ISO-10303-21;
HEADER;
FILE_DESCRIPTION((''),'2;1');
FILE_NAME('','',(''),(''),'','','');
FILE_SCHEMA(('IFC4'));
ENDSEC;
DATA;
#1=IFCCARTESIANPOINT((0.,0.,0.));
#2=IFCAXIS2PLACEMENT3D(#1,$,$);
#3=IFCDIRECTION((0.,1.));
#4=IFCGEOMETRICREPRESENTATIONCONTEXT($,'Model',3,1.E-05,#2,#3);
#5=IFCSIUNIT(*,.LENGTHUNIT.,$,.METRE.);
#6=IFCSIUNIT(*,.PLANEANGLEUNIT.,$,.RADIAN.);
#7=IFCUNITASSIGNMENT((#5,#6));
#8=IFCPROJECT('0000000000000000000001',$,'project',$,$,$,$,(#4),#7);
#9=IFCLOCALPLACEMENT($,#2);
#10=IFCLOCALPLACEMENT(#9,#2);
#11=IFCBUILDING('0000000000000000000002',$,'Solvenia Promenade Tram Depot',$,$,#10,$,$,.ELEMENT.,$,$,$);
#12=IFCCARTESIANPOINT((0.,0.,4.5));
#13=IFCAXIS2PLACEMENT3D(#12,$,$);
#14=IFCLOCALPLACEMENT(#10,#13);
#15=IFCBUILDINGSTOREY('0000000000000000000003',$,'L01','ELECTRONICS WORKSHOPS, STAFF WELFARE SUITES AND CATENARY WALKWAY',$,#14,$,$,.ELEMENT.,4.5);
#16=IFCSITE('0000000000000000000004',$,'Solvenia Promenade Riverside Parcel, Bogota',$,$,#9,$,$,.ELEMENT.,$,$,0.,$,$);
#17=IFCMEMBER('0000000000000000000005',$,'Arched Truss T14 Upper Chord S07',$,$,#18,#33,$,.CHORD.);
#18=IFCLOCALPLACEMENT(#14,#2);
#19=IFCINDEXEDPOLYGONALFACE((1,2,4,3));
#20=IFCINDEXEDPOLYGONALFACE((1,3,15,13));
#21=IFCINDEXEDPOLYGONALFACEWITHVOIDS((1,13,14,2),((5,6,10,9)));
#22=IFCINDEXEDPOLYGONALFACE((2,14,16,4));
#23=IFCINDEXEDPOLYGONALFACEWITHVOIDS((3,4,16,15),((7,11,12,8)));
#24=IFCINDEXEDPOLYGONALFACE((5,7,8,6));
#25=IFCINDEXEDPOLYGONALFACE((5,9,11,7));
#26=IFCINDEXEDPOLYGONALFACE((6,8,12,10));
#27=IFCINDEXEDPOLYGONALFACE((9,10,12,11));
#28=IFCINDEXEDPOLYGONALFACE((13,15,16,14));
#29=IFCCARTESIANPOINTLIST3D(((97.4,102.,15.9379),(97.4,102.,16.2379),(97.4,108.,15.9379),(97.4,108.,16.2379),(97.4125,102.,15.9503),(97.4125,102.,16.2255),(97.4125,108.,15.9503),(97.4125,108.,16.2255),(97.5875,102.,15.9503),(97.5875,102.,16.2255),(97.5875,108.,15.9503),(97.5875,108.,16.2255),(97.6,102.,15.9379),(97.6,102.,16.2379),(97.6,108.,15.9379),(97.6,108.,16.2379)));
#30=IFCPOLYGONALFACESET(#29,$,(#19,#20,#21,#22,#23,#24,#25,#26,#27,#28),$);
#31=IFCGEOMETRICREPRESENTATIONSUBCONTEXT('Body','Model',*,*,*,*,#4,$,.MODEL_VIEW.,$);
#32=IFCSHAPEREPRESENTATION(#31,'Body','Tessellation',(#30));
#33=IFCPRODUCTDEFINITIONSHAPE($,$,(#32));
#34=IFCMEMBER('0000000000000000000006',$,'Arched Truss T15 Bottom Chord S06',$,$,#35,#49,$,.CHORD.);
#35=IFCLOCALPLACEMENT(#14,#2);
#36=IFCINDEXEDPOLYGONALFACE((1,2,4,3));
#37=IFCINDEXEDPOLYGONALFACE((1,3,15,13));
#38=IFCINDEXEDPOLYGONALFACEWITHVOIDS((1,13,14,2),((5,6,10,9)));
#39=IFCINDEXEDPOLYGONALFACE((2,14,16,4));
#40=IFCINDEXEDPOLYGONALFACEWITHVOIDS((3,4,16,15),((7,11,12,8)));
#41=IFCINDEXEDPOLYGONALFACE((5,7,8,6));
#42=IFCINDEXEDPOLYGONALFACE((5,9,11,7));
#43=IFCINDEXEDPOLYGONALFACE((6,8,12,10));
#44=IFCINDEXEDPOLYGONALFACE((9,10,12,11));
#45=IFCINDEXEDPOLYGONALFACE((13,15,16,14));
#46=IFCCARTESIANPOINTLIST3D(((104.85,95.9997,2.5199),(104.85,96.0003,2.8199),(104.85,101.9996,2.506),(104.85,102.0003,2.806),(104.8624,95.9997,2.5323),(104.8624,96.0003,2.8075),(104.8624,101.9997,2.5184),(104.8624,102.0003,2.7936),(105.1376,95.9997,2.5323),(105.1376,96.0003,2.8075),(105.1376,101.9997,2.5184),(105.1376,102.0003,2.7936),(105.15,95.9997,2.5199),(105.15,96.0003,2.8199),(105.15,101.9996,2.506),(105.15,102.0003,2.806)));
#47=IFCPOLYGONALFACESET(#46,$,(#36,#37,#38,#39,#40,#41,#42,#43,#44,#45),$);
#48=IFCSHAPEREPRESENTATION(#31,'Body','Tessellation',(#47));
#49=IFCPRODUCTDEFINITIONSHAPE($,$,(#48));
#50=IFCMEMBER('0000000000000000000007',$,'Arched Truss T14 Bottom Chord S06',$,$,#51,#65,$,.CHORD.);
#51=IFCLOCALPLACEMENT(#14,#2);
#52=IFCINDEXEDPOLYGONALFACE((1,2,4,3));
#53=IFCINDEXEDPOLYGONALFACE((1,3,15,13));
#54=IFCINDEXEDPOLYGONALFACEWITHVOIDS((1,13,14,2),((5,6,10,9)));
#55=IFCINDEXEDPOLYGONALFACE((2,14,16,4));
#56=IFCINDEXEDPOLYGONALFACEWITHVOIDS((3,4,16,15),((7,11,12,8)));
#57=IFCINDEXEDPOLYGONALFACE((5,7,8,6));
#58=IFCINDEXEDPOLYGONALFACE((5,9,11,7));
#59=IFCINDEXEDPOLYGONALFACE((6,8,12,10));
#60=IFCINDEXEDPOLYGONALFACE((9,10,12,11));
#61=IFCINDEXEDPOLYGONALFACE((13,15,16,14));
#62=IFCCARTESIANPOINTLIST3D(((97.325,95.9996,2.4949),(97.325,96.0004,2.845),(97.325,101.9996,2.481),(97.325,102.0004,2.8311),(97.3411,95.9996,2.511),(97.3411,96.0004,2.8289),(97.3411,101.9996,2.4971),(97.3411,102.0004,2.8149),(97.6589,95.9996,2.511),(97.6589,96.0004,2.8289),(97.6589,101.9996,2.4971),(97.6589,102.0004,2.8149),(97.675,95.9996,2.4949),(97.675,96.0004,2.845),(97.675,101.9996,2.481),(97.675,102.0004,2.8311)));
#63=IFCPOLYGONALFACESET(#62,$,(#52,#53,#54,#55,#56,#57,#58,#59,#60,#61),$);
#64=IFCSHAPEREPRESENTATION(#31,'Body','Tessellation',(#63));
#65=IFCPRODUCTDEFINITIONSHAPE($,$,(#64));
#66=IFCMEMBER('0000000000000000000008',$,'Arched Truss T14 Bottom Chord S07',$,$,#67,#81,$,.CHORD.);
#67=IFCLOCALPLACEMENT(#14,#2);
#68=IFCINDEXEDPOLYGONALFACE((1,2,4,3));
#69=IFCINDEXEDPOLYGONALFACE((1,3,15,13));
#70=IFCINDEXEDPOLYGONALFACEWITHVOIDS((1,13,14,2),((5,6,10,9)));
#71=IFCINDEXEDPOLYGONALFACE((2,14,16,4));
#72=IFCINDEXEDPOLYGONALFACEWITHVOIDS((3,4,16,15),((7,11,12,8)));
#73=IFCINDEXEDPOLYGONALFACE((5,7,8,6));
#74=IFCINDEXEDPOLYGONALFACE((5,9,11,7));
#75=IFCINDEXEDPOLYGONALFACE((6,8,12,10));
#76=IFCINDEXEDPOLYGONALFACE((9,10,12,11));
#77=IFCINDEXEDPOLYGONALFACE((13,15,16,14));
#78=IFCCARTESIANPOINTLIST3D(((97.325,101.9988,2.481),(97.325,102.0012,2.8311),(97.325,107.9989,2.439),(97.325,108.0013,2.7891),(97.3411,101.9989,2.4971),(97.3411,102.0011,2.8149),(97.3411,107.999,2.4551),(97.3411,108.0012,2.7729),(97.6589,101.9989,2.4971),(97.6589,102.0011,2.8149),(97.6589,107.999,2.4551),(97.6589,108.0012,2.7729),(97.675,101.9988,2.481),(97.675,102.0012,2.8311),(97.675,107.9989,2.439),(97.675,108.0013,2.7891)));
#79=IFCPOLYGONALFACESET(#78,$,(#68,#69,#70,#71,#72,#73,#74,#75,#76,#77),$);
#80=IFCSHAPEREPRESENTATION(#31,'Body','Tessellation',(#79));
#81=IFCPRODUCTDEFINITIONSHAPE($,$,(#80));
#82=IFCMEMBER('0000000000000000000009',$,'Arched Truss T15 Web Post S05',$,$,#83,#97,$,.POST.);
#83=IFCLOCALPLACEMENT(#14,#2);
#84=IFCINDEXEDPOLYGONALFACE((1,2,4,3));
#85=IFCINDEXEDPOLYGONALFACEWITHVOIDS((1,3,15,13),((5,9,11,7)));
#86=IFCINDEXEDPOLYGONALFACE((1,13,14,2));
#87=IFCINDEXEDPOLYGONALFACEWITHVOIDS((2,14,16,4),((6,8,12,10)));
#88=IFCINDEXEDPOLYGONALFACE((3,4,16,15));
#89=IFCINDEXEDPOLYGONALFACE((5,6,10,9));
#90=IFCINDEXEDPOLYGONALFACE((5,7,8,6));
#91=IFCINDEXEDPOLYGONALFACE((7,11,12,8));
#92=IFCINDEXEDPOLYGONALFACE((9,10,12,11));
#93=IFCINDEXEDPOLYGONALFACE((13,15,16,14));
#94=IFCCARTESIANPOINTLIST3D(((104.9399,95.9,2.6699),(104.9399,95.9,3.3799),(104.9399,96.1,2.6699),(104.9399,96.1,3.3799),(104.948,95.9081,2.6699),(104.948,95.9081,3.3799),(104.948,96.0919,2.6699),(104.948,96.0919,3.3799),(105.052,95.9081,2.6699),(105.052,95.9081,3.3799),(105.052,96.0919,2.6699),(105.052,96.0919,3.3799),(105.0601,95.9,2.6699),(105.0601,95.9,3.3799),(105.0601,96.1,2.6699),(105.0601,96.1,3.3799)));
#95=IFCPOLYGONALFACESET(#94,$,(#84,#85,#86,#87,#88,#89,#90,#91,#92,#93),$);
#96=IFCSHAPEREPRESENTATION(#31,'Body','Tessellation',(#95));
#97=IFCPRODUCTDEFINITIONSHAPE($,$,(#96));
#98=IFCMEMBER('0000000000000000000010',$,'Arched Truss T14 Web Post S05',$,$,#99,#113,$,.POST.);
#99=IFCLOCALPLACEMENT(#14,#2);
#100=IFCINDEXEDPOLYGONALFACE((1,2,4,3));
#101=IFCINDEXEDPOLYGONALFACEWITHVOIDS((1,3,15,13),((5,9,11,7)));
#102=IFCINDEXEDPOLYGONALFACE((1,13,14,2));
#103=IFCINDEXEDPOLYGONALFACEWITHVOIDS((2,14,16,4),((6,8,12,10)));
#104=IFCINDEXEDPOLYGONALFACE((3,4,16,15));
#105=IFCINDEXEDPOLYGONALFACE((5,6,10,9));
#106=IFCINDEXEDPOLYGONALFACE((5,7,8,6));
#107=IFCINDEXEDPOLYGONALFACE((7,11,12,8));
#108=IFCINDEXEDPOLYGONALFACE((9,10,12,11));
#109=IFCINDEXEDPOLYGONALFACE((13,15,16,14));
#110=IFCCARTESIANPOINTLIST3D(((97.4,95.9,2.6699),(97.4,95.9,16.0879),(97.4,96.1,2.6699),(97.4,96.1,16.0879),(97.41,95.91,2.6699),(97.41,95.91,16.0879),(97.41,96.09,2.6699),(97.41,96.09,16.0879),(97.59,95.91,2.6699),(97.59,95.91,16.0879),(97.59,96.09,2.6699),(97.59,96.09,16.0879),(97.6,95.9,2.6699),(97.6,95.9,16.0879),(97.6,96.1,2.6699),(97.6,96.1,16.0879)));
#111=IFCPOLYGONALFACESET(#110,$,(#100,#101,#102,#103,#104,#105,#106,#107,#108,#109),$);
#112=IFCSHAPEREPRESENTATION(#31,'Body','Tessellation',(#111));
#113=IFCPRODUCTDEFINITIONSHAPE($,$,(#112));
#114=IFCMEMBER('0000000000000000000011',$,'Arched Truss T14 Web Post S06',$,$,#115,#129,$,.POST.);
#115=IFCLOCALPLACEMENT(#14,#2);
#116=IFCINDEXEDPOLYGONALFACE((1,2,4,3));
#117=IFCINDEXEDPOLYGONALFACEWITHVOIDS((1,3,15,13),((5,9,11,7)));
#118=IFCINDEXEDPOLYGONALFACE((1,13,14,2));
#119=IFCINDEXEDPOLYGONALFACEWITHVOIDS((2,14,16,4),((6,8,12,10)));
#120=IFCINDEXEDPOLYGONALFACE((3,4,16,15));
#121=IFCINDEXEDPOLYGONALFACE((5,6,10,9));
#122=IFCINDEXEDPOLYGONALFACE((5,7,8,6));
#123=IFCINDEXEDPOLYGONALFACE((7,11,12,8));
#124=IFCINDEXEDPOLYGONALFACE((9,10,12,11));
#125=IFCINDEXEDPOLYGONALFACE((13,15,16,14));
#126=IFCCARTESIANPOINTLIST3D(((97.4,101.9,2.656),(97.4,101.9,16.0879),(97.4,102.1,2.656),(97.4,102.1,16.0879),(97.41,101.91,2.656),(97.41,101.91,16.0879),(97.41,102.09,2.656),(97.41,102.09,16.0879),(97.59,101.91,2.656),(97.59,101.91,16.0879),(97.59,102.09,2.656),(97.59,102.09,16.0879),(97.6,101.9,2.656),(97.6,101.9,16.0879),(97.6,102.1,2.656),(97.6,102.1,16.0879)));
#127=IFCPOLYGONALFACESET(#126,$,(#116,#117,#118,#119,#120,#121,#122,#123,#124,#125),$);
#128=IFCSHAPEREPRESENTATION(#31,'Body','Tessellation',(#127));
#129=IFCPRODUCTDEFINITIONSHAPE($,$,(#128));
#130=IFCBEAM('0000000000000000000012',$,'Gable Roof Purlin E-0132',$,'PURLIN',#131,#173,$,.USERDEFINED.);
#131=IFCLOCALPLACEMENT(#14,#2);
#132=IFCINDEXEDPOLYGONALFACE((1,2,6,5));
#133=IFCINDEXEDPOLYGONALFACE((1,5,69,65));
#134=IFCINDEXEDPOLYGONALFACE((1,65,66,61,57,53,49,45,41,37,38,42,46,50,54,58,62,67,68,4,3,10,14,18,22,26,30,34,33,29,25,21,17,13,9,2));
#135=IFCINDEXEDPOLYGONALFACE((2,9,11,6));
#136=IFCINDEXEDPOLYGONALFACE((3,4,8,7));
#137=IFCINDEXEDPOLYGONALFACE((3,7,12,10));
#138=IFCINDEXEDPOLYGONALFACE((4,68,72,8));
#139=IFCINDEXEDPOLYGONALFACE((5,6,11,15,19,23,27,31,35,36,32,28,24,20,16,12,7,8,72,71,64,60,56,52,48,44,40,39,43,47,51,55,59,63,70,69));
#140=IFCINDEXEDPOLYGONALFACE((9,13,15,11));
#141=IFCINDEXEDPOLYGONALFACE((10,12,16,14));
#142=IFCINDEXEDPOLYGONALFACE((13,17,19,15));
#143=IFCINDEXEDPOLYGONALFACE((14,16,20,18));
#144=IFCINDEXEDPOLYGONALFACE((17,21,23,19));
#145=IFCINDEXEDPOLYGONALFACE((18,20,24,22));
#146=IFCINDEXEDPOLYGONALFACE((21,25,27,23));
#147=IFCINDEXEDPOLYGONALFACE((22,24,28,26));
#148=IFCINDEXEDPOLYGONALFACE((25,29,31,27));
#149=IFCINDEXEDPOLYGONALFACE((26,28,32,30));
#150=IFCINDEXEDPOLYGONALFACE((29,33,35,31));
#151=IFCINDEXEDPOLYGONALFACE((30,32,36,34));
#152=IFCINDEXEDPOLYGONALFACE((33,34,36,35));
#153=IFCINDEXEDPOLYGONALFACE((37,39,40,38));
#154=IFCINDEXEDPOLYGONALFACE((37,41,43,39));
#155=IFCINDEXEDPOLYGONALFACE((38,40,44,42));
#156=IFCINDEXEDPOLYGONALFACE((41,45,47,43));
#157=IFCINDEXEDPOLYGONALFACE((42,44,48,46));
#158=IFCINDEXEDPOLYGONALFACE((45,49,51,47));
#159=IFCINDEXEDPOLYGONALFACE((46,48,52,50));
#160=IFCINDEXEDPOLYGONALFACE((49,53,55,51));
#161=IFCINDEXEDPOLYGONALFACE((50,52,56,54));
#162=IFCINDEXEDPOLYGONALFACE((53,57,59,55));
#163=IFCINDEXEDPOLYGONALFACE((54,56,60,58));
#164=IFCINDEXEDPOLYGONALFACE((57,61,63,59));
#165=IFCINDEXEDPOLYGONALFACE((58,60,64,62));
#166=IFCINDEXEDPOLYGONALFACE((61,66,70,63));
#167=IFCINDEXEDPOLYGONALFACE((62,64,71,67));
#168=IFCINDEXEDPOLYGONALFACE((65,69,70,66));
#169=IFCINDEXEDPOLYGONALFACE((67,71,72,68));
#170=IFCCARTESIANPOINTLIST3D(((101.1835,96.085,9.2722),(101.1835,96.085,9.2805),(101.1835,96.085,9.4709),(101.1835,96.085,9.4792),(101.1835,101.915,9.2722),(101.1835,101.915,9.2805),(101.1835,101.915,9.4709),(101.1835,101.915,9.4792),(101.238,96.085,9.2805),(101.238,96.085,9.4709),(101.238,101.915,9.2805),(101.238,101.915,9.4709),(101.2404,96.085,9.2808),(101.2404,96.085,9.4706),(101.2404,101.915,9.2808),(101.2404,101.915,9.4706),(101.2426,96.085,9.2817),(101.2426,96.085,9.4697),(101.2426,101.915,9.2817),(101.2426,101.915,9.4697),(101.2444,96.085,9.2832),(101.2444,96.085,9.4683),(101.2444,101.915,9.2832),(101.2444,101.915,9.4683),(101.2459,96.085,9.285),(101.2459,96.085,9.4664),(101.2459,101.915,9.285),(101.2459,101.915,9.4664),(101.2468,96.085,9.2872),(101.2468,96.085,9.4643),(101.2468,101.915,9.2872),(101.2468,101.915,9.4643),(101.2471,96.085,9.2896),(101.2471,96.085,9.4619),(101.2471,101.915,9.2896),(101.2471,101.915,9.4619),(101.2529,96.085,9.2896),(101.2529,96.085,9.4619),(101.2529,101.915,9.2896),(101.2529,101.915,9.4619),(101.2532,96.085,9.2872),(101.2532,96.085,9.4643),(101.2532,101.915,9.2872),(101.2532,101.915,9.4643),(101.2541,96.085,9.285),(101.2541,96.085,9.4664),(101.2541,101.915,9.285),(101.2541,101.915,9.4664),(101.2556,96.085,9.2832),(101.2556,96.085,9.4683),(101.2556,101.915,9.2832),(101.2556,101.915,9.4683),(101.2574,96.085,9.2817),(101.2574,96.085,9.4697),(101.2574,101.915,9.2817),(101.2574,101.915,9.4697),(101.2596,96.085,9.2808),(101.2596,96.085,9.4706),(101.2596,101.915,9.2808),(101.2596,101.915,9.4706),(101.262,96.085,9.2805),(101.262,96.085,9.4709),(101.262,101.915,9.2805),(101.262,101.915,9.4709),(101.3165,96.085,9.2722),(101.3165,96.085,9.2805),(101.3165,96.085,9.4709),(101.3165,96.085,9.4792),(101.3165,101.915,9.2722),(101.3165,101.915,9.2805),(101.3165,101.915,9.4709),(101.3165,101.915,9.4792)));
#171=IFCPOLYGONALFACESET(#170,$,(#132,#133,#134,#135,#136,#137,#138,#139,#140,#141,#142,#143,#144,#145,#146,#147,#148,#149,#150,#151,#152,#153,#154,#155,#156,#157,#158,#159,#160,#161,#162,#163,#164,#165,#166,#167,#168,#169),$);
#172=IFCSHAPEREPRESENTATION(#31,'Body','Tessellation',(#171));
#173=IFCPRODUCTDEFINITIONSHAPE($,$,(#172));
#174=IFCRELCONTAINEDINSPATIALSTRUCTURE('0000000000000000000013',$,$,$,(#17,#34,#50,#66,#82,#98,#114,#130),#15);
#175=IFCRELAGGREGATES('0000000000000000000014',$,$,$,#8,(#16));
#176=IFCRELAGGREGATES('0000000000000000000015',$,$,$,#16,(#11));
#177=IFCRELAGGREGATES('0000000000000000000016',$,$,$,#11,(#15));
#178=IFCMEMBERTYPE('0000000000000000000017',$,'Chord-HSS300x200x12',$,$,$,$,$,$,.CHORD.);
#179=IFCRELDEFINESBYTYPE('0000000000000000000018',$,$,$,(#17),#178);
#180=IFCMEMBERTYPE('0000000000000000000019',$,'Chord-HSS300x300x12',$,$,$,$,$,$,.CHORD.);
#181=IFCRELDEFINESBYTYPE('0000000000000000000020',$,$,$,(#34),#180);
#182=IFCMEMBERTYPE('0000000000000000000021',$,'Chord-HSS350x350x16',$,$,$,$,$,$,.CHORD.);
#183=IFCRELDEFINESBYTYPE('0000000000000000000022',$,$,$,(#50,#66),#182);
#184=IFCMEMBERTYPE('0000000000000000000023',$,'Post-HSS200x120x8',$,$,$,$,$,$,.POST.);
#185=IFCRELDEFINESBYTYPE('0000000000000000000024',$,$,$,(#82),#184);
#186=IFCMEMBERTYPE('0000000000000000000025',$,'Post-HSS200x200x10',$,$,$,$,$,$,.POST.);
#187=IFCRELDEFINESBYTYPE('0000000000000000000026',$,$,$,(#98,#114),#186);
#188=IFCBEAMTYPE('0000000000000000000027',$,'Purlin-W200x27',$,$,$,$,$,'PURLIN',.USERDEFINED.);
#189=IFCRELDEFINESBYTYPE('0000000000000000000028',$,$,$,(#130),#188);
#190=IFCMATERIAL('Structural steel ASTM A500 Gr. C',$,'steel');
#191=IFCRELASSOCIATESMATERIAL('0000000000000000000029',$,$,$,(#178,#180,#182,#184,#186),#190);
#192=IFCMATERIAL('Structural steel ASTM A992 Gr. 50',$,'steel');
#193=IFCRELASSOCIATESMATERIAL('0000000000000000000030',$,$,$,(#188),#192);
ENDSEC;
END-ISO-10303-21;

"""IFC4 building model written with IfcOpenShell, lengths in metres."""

from ifc_helpers import new_model, si_unit, direction, frame, origin, origin_2d, place, context, subcontext, project, spatial, hollow_rectangle, i_section, extrude, material, material_profile, profile_set, type_object, element, save


model = new_model("IFC4")

# Units and contexts
model_context = context("Model", 3, precision=1e-05, world=origin(), true_north=direction((0.0, 1.0)))
body_context = subcontext(model_context, "Body", "Model", "MODEL_VIEW")
ifc_project = project(units=[si_unit("LENGTHUNIT", "METRE"), si_unit("PLANEANGLEUNIT", "RADIAN")], contexts=[model_context])

# Site, building, storey
site_placement = place(None, origin())
site = spatial("IfcSite", under=ifc_project, at=site_placement, Name="Solvenia Promenade Riverside Parcel, Bogota", CompositionType="ELEMENT", RefElevation=0.0)
building_placement = place(site_placement, origin())
building = spatial("IfcBuilding", under=site, at=building_placement, Name="Solvenia Promenade Tram Depot", CompositionType="ELEMENT")
storey_placement = place(building_placement, frame((0.0, 0.0, 4.5)))
storey = spatial("IfcBuildingStorey", under=building, at=storey_placement, Name="L01", Description="ELECTRONICS WORKSHOPS, STAFF WELFARE SUITES AND CATENARY WALKWAY", CompositionType="ELEMENT", Elevation=4.5)

# Members
ifc_material_1 = material(Name="Structural steel ASTM A500 Gr. C", Category="steel")
ifc_material_profile_1 = material_profile(ifc_material_1, hollow_rectangle(XDim=0.2, YDim=0.3, WallThickness=0.0125, at=origin_2d()), Name="HSS300x200x12.5", Category="steel")
ifc_profile_set_1 = profile_set([ifc_material_profile_1], Name="Structural steel ASTM A500 Gr. C")
member_type_1 = type_object("IfcMemberType", Name="Chord-HSS300x200x12", PredefinedType="CHORD", material=ifc_profile_set_1)
for number, where, z_axis, x_axis, name in (
    (1, (97.5, 102.0, 16.0879), (0.0, 1.0, 0.0), (-1.0, 0.0, 0.0), "Arched Truss T14 Upper Chord S07"),
):
    element("IfcMember", number, at=place(storey_placement, frame(where, z_axis=z_axis, x_axis=x_axis)), inside=storey, type_object=member_type_1, Name=name, PredefinedType="CHORD", context=body_context, shape_type="SweptSolid", body=[
        extrude(hollow_rectangle(XDim=0.2, YDim=0.3, WallThickness=0.0125, at=origin_2d()), origin(), (0.0, 0.0, 1.0), 6.0),
    ])
ifc_material_profile_2 = material_profile(ifc_material_1, hollow_rectangle(XDim=0.3, YDim=0.3, WallThickness=0.0125, at=origin_2d()), Name="HSS300x300x12.5", Category="steel")
ifc_profile_set_2 = profile_set([ifc_material_profile_2], Name="Structural steel ASTM A500 Gr. C")
member_type_2 = type_object("IfcMemberType", Name="Chord-HSS300x300x12", PredefinedType="CHORD", material=ifc_profile_set_2)
member_1_placement = place(storey_placement, frame((105.0, 96.0, 2.6699), z_axis=(0.0, 0.999997, -0.002319), x_axis=(-1.0, 0.0, 0.0)))
element("IfcMember", 2, at=member_1_placement, inside=storey, type_object=member_type_2, Name="Arched Truss T15 Bottom Chord S06", PredefinedType="CHORD", context=body_context, shape_type="SweptSolid", body=[
    extrude(hollow_rectangle(XDim=0.3, YDim=0.3, WallThickness=0.0125, at=origin_2d()), origin(), (0.0, 0.0, 1.0), 6.0),
])
ifc_material_profile_3 = material_profile(ifc_material_1, hollow_rectangle(XDim=0.3501, YDim=0.3501, WallThickness=0.0161, at=origin_2d()), Name="HSS350x350x16", Category="steel")
ifc_profile_set_3 = profile_set([ifc_material_profile_3], Name="Structural steel ASTM A500 Gr. C")
member_type_3 = type_object("IfcMemberType", Name="Chord-HSS350x350x16", PredefinedType="CHORD", material=ifc_profile_set_3)
member_2_placement = place(storey_placement, frame((97.5, 96.0, 2.6699), z_axis=(0.0, 0.999997, -0.002319), x_axis=(-1.0, 0.0, 0.0)))
element("IfcMember", 3, at=member_2_placement, inside=storey, type_object=member_type_3, Name="Arched Truss T14 Bottom Chord S06", PredefinedType="CHORD", context=body_context, shape_type="SweptSolid", body=[
    extrude(hollow_rectangle(XDim=0.3501, YDim=0.3501, WallThickness=0.0161, at=origin_2d()), origin(), (0.0, 0.0, 1.0), 6.0),
])
member_3_placement = place(storey_placement, frame((97.5, 102.0, 2.656), z_axis=(0.0, 0.999976, -0.006999), x_axis=(-1.0, 0.0, 0.0)))
element("IfcMember", 4, at=member_3_placement, inside=storey, type_object=member_type_3, Name="Arched Truss T14 Bottom Chord S07", PredefinedType="CHORD", context=body_context, shape_type="SweptSolid", body=[
    extrude(hollow_rectangle(XDim=0.3501, YDim=0.3501, WallThickness=0.0161, at=origin_2d()), origin(), (0.0, 0.0, 1.0), 6.0002),
])
ifc_material_profile_4 = material_profile(ifc_material_1, hollow_rectangle(XDim=0.1201, YDim=0.2, WallThickness=0.0081, at=origin_2d()), Name="HSS200x120x8", Category="steel")
ifc_profile_set_4 = profile_set([ifc_material_profile_4], Name="Structural steel ASTM A500 Gr. C")
member_type_4 = type_object("IfcMemberType", Name="Post-HSS200x120x8", PredefinedType="POST", material=ifc_profile_set_4)
member_4_placement = place(storey_placement, frame((105.0, 96.0, 2.6699), z_axis=(0.0, 0.0, 1.0), x_axis=(1.0, 0.0, 0.0)))
element("IfcMember", 5, at=member_4_placement, inside=storey, type_object=member_type_4, Name="Arched Truss T15 Web Post S05", PredefinedType="POST", context=body_context, shape_type="SweptSolid", body=[
    extrude(hollow_rectangle(XDim=0.1201, YDim=0.2, WallThickness=0.0081, at=origin_2d()), origin(), (0.0, 0.0, 1.0), 0.71),
])
ifc_material_profile_5 = material_profile(ifc_material_1, hollow_rectangle(XDim=0.2, YDim=0.2, WallThickness=0.01, at=origin_2d()), Name="HSS200x200x10", Category="steel")
ifc_profile_set_5 = profile_set([ifc_material_profile_5], Name="Structural steel ASTM A500 Gr. C")
member_type_5 = type_object("IfcMemberType", Name="Post-HSS200x200x10", PredefinedType="POST", material=ifc_profile_set_5)
member_5_placement = place(storey_placement, frame((97.5, 96.0, 2.6699), z_axis=(0.0, 0.0, 1.0), x_axis=(1.0, 0.0, 0.0)))
element("IfcMember", 6, at=member_5_placement, inside=storey, type_object=member_type_5, Name="Arched Truss T14 Web Post S05", PredefinedType="POST", context=body_context, shape_type="SweptSolid", body=[
    extrude(hollow_rectangle(XDim=0.2, YDim=0.2, WallThickness=0.01, at=origin_2d()), origin(), (0.0, 0.0, 1.0), 13.418),
])
member_6_placement = place(storey_placement, frame((97.5, 102.0, 2.656), z_axis=(0.0, 0.0, 1.0), x_axis=(1.0, 0.0, 0.0)))
element("IfcMember", 7, at=member_6_placement, inside=storey, type_object=member_type_5, Name="Arched Truss T14 Web Post S06", PredefinedType="POST", context=body_context, shape_type="SweptSolid", body=[
    extrude(hollow_rectangle(XDim=0.2, YDim=0.2, WallThickness=0.01, at=origin_2d()), origin(), (0.0, 0.0, 1.0), 13.4319),
])

# Beam
ifc_material_2 = material(Name="Structural steel ASTM A992 Gr. 50", Category="steel")
ifc_material_profile_6 = material_profile(ifc_material_2, i_section(OverallWidth=0.1331, OverallDepth=0.207, WebThickness=0.0059, FlangeThickness=0.0083, FilletRadius=0.009, at=origin_2d()), Name="W200x27", Category="steel")
ifc_profile_set_6 = profile_set([ifc_material_profile_6], Name="Structural steel ASTM A992 Gr. 50")
beam_type_1 = type_object("IfcBeamType", Name="Purlin-W200x27", ElementType="PURLIN", PredefinedType="USERDEFINED", material=ifc_profile_set_6)
beam_1_placement = place(storey_placement, frame((101.25, 96.085, 9.3757), z_axis=(0.0, 1.0, 0.0), x_axis=(-1.0, 0.0, 0.0)))
element("IfcBeam", 8, at=beam_1_placement, inside=storey, type_object=beam_type_1, Name="Gable Roof Purlin E-0132", ObjectType="PURLIN", PredefinedType="USERDEFINED", context=body_context, shape_type="SweptSolid", body=[
    extrude(i_section(OverallWidth=0.1331, OverallDepth=0.207, WebThickness=0.0059, FlangeThickness=0.0083, FilletRadius=0.009, at=origin_2d()), origin(), (0.0, 0.0, 1.0), 5.8301),
])

save(model, "model.ifc")
